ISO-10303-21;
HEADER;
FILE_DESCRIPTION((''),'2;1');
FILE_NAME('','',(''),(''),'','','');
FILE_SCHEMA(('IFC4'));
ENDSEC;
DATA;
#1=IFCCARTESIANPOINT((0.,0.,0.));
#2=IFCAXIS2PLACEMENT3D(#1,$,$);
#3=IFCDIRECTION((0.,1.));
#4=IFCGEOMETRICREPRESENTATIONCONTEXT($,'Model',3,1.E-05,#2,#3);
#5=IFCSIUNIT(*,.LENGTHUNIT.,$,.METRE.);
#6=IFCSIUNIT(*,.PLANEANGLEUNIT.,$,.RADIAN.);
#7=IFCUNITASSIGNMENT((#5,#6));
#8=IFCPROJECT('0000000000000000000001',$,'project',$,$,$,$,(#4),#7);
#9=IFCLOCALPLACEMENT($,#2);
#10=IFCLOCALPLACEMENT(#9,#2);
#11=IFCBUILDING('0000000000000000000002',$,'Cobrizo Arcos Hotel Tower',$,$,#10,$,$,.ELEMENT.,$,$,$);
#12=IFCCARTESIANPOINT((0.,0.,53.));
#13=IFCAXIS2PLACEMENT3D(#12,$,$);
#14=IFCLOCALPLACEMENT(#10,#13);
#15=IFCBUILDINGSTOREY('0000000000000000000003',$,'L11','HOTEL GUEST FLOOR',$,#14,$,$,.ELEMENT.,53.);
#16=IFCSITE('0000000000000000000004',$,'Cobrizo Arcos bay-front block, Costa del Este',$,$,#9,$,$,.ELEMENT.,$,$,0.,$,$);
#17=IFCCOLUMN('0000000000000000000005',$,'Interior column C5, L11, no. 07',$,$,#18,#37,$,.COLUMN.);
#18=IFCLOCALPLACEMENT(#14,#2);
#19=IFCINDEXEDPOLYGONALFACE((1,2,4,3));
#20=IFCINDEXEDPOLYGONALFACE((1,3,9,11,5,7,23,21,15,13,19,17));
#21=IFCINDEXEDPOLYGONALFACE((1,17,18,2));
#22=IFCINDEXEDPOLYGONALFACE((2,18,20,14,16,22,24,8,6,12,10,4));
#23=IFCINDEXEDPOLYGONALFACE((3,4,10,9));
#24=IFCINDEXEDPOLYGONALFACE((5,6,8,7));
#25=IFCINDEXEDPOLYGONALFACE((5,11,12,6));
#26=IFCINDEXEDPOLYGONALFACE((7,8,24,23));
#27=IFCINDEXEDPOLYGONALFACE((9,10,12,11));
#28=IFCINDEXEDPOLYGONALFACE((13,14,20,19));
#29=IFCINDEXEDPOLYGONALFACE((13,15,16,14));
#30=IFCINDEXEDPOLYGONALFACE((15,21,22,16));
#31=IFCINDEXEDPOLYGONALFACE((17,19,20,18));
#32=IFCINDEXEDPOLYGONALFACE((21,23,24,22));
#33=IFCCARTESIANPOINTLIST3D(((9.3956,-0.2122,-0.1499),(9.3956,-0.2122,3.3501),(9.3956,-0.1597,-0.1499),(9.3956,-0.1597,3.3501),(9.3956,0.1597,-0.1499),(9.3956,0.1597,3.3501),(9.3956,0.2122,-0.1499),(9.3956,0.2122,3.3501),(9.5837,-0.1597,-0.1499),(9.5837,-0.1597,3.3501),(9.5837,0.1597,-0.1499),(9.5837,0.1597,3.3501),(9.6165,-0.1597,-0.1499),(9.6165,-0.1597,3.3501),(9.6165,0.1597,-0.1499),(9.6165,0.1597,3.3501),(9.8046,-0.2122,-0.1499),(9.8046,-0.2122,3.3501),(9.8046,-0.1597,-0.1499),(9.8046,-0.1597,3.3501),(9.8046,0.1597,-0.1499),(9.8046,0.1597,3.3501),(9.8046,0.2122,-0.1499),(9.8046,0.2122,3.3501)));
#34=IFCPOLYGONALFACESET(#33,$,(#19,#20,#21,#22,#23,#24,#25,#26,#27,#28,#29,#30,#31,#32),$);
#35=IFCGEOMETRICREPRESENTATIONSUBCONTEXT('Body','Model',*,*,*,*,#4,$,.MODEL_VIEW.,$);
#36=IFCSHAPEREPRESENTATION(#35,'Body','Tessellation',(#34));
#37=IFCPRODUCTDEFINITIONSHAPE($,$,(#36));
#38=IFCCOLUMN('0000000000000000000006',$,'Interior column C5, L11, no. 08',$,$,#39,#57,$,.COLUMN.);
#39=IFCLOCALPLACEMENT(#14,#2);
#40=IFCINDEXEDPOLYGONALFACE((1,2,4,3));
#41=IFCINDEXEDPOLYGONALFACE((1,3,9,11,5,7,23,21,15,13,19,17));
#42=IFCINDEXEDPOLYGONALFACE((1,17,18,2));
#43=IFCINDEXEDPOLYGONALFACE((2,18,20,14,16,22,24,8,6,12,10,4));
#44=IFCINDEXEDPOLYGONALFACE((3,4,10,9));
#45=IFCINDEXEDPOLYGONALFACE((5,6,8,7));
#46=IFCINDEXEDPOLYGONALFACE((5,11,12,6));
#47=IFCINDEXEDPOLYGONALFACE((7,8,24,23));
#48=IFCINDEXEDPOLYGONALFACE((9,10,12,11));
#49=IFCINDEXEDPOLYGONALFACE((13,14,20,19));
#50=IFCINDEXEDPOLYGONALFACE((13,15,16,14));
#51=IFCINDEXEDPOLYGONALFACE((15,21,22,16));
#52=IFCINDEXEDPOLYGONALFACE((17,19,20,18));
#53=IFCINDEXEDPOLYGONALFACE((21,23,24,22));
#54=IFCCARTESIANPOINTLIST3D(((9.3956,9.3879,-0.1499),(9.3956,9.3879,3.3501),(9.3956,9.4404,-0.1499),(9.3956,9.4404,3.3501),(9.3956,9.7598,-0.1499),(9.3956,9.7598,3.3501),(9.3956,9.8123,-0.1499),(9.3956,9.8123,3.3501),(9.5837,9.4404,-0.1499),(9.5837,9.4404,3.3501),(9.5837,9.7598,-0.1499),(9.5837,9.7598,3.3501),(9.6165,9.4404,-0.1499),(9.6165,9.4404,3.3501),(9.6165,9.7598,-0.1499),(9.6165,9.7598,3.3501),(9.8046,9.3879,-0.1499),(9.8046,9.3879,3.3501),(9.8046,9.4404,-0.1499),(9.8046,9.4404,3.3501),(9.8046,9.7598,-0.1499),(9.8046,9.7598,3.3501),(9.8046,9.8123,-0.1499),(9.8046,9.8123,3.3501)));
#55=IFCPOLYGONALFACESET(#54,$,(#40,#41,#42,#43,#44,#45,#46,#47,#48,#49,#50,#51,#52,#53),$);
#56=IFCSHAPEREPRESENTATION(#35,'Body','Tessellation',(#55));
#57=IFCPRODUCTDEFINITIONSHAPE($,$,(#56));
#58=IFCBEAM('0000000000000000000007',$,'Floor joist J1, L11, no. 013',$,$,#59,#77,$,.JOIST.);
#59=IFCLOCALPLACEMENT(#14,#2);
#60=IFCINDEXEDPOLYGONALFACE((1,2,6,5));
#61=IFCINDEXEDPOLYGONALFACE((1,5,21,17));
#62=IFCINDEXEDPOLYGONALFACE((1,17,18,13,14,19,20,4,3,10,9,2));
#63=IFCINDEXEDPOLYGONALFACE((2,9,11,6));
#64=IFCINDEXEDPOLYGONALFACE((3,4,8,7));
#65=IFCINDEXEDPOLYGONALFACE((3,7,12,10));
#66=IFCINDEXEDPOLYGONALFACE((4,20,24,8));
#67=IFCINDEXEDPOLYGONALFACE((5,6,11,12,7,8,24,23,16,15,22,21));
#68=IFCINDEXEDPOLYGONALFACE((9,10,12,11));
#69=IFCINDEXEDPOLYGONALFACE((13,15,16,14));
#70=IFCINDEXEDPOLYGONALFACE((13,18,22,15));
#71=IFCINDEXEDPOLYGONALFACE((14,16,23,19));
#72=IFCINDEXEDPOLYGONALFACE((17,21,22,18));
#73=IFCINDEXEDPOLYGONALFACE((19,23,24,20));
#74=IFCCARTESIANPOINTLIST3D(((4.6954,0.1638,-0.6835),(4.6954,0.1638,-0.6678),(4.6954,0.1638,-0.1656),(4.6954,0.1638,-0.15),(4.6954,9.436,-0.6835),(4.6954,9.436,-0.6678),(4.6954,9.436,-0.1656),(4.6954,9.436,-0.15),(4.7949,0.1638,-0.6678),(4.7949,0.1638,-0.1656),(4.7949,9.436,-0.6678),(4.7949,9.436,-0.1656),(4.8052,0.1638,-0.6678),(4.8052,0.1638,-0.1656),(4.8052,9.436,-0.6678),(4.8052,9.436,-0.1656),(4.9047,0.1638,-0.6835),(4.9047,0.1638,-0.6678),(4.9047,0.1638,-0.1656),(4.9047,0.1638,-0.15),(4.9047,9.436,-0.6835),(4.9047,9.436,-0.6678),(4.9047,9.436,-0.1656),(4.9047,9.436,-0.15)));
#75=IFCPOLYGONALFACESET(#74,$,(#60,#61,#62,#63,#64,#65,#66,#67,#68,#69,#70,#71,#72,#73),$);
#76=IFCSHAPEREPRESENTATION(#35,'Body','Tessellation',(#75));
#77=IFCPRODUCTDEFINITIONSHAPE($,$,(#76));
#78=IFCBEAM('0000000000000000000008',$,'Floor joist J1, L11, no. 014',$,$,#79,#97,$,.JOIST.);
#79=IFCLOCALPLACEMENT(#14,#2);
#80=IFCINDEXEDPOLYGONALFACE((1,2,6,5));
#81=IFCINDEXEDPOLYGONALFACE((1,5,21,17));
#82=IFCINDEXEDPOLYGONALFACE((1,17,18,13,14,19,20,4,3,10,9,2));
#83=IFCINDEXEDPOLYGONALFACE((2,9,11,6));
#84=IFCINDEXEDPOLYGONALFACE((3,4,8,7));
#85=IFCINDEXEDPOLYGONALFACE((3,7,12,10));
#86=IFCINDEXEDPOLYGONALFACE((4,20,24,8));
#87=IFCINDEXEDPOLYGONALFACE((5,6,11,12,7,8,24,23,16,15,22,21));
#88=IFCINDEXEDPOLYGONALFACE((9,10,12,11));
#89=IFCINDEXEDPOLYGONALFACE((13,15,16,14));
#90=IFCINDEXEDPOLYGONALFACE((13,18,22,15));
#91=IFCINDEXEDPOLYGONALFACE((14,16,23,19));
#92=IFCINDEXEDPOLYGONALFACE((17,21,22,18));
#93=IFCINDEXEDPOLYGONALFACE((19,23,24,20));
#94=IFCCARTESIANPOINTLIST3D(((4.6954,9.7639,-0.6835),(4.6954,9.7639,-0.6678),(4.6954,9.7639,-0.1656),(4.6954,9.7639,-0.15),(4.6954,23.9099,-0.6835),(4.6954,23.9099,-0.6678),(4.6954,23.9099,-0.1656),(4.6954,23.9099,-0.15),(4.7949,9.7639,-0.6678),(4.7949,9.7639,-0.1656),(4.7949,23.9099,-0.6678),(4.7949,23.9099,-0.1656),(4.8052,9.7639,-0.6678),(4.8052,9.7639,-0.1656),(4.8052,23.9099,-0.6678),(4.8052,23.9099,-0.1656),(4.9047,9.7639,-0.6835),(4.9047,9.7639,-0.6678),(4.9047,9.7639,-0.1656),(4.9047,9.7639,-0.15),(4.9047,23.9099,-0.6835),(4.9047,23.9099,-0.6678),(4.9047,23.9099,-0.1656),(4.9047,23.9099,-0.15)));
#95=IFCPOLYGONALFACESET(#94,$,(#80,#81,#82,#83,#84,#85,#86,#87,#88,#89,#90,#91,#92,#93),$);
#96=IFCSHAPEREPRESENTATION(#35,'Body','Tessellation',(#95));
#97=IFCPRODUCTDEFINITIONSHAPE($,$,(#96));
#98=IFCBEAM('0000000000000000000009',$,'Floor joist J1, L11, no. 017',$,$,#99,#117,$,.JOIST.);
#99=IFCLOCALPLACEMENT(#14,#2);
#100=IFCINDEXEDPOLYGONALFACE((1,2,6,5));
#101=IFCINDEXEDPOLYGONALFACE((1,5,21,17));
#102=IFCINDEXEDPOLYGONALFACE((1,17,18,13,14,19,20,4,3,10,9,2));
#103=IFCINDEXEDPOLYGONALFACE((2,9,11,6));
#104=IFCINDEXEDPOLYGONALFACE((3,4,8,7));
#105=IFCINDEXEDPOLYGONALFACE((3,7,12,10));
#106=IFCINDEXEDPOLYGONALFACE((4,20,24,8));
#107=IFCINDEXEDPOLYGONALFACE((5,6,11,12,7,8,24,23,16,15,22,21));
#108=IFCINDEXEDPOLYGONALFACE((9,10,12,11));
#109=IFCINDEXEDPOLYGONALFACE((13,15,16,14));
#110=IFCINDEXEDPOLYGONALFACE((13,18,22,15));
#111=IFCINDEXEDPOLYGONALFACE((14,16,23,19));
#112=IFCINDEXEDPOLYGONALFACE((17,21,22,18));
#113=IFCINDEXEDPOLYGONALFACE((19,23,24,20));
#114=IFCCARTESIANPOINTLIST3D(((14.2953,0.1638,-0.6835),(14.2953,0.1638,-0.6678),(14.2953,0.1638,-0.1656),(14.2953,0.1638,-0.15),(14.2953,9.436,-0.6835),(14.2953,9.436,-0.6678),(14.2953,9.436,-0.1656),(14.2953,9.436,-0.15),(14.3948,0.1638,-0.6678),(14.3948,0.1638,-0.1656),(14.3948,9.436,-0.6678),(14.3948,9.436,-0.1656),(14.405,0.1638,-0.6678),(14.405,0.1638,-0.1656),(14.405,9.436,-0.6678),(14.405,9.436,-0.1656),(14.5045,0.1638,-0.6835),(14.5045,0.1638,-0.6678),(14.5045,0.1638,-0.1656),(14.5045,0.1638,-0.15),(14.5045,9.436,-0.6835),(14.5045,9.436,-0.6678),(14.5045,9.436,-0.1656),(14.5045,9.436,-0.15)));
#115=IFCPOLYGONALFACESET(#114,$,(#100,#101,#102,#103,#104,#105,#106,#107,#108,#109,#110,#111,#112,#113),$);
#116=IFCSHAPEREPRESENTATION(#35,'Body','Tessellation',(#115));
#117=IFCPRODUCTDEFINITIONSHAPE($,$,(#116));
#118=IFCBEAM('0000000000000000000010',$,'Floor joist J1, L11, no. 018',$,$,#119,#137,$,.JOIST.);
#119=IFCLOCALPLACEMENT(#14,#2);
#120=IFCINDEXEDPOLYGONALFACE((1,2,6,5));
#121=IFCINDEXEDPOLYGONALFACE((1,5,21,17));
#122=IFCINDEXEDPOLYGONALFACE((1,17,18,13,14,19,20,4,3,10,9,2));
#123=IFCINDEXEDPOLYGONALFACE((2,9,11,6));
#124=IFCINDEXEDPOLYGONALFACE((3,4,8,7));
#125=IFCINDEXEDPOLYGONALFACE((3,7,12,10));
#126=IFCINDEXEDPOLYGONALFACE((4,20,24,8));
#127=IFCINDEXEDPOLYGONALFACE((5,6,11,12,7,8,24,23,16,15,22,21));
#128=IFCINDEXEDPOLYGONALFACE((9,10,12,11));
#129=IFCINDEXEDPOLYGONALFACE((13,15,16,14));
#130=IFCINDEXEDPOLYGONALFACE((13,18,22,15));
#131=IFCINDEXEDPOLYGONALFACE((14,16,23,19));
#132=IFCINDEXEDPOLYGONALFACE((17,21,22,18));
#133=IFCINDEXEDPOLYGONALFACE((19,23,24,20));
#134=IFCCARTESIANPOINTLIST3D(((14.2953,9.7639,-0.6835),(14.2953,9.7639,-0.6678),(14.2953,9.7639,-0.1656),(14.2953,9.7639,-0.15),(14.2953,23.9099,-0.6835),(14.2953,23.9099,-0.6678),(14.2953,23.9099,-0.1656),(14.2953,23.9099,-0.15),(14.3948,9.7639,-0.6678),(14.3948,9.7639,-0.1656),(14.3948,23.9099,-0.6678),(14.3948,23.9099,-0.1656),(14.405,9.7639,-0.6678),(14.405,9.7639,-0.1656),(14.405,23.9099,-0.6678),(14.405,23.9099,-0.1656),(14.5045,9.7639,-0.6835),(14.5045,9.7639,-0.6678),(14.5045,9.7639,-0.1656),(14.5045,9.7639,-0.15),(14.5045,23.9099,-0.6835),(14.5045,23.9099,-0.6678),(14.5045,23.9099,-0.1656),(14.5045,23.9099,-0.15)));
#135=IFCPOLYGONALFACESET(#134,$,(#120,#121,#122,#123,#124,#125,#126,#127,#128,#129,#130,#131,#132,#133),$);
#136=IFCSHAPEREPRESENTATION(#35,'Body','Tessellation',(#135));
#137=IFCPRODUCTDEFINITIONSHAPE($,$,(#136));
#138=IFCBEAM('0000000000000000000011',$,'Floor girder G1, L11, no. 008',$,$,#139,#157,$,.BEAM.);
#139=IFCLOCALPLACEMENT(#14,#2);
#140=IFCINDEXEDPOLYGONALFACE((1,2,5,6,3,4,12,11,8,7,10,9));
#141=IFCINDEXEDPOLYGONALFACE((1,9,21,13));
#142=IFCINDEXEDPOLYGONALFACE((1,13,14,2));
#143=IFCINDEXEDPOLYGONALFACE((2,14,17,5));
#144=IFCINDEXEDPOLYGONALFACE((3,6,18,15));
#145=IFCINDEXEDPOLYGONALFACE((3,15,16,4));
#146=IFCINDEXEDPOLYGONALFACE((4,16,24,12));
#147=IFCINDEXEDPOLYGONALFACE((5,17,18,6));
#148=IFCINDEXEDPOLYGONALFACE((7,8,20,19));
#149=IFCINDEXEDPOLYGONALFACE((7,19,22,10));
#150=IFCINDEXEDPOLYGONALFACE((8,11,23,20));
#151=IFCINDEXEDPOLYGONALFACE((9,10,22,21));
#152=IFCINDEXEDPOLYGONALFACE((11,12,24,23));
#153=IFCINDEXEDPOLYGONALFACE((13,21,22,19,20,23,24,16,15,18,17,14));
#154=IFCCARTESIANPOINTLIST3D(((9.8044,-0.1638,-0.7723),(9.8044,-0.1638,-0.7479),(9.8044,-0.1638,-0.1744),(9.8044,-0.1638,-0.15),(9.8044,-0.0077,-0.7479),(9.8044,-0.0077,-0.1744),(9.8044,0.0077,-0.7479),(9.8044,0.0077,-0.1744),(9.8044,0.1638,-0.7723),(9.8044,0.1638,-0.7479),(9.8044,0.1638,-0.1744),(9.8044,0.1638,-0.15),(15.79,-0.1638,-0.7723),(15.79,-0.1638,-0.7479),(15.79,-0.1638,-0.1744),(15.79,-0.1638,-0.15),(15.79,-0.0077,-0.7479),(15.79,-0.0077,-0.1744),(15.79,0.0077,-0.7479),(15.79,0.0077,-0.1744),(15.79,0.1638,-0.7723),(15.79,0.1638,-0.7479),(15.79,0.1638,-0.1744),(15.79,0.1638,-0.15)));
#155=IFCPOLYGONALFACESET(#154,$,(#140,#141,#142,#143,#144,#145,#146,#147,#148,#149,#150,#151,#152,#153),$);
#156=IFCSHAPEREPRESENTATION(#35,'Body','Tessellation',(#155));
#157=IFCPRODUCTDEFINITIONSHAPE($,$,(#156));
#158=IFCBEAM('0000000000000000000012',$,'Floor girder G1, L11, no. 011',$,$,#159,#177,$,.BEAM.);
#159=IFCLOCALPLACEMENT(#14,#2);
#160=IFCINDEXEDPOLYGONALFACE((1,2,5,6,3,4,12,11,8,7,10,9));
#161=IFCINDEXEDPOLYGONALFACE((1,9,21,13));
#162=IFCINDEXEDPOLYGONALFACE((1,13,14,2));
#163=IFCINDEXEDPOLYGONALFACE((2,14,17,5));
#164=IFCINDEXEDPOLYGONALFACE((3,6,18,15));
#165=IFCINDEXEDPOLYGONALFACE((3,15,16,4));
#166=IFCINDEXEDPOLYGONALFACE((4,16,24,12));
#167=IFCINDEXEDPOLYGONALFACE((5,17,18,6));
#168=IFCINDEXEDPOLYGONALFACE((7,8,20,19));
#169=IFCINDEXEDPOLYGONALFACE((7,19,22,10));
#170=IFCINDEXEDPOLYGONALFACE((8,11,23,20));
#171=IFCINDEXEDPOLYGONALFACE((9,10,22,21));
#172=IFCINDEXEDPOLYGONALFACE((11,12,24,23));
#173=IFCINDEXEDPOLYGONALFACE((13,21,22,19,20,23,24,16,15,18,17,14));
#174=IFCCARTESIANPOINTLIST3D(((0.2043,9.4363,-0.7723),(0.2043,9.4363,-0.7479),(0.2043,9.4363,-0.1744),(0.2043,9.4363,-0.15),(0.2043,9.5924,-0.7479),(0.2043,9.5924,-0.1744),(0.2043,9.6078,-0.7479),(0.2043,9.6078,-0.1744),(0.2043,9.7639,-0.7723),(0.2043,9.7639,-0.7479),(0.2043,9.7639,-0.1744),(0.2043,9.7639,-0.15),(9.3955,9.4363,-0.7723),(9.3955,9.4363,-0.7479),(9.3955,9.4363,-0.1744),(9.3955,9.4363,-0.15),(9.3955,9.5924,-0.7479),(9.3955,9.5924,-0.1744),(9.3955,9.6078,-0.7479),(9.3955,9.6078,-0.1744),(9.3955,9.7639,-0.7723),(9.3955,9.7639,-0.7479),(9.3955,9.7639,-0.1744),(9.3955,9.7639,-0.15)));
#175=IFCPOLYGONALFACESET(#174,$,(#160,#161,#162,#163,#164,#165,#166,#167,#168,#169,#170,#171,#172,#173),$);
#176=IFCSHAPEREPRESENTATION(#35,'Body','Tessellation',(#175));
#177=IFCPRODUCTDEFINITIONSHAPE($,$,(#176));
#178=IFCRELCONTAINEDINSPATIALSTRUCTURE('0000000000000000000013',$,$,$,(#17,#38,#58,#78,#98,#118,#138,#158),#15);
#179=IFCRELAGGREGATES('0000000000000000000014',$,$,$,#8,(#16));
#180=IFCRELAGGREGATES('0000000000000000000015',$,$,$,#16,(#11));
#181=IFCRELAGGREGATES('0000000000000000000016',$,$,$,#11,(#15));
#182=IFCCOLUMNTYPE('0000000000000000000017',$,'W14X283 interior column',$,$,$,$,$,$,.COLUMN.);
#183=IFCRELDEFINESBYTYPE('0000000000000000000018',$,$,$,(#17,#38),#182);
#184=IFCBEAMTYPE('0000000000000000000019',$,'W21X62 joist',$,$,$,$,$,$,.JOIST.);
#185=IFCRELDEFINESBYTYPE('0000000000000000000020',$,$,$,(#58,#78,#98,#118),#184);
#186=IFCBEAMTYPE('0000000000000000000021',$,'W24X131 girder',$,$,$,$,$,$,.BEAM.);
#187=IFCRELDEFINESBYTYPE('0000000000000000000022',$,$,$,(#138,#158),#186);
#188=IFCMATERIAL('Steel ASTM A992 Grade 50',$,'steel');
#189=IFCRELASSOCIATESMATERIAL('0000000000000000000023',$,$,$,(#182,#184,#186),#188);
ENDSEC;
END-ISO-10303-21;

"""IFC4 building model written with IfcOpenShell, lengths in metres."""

from ifc_helpers import new_model, si_unit, direction, frame, origin, origin_2d, place, context, subcontext, project, spatial, i_section, extrude, material, material_profile, profile_set, type_object, element, save


model = new_model("IFC4")

# Units and contexts
model_context = context("Model", 3, precision=1e-05, world=origin(), true_north=direction((0.0, 1.0)))
body_context = subcontext(model_context, "Body", "Model", "MODEL_VIEW")
ifc_project = project(units=[si_unit("LENGTHUNIT", "METRE"), si_unit("PLANEANGLEUNIT", "RADIAN")], contexts=[model_context])

# Site, building, storey
site_placement = place(None, origin())
site = spatial("IfcSite", under=ifc_project, at=site_placement, Name="Cobrizo Arcos bay-front block, Costa del Este", CompositionType="ELEMENT", RefElevation=0.0)
building_placement = place(site_placement, origin())
building = spatial("IfcBuilding", under=site, at=building_placement, Name="Cobrizo Arcos Hotel Tower", CompositionType="ELEMENT")
storey_placement = place(building_placement, frame((0.0, 0.0, 53.0)))
storey = spatial("IfcBuildingStorey", under=building, at=storey_placement, Name="L11", Description="HOTEL GUEST FLOOR", CompositionType="ELEMENT", Elevation=53.0)

# Columns
ifc_material_1 = material(Name="Steel ASTM A992 Grade 50", Category="steel")
ifc_material_profile_1 = material_profile(ifc_material_1, i_section(OverallWidth=0.4089, OverallDepth=0.4243, WebThickness=0.0327, FlangeThickness=0.0525, at=origin_2d()), Name="W14X283")
ifc_profile_set_1 = profile_set([ifc_material_profile_1], Name="Steel ASTM A992 Grade 50")
column_type = type_object("IfcColumnType", Name="W14X283 interior column", PredefinedType="COLUMN", material=ifc_profile_set_1)
for number, where, z_axis, x_axis, name in (
    (1, (9.6001, 0.0, -0.1499), (0.0, 0.0, 1.0), (1.0, 0.0, 0.0), "Interior column C5, L11, no. 07"),
    (2, (9.6001, 9.6001, -0.1499), (0.0, 0.0, 1.0), (1.0, 0.0, 0.0), "Interior column C5, L11, no. 08"),
):
    element("IfcColumn", number, at=place(storey_placement, frame(where, z_axis=z_axis, x_axis=x_axis)), inside=storey, type_object=column_type, Name=name, PredefinedType="COLUMN", context=body_context, shape_type="SweptSolid", body=[
        extrude(i_section(OverallWidth=0.4089, OverallDepth=0.4243, WebThickness=0.0327, FlangeThickness=0.0525, at=origin_2d()), origin(), (0.0, 0.0, 1.0), 3.5),
    ])

# Beams
ifc_material_profile_2 = material_profile(ifc_material_1, i_section(OverallWidth=0.2092, OverallDepth=0.5334, WebThickness=0.0103, FlangeThickness=0.0156, at=origin_2d()), Name="W21X62")
ifc_profile_set_2 = profile_set([ifc_material_profile_2], Name="Steel ASTM A992 Grade 50")
beam_type_1 = type_object("IfcBeamType", Name="W21X62 joist", PredefinedType="JOIST", material=ifc_profile_set_2)
beam_1_placement = place(storey_placement, frame((4.8, 0.1638, -0.4167), z_axis=(0.0, 1.0, 0.0), x_axis=(-1.0, 0.0, 0.0)))
element("IfcBeam", 3, at=beam_1_placement, inside=storey, type_object=beam_type_1, Name="Floor joist J1, L11, no. 013", PredefinedType="JOIST", context=body_context, shape_type="SweptSolid", body=[
    extrude(i_section(OverallWidth=0.2092, OverallDepth=0.5334, WebThickness=0.0103, FlangeThickness=0.0156, at=origin_2d()), origin(), (0.0, 0.0, 1.0), 9.2722),
])
beam_2_placement = place(storey_placement, frame((4.8, 9.7639, -0.4167), z_axis=(0.0, 1.0, 0.0), x_axis=(-1.0, 0.0, 0.0)))
element("IfcBeam", 4, at=beam_2_placement, inside=storey, type_object=beam_type_1, Name="Floor joist J1, L11, no. 014", PredefinedType="JOIST", context=body_context, shape_type="SweptSolid", body=[
    extrude(i_section(OverallWidth=0.2092, OverallDepth=0.5334, WebThickness=0.0103, FlangeThickness=0.0156, at=origin_2d()), origin(), (0.0, 0.0, 1.0), 14.146),
])
beam_3_placement = place(storey_placement, frame((14.3999, 0.1638, -0.4167), z_axis=(0.0, 1.0, 0.0), x_axis=(-1.0, 0.0, 0.0)))
element("IfcBeam", 5, at=beam_3_placement, inside=storey, type_object=beam_type_1, Name="Floor joist J1, L11, no. 017", PredefinedType="JOIST", context=body_context, shape_type="SweptSolid", body=[
    extrude(i_section(OverallWidth=0.2092, OverallDepth=0.5334, WebThickness=0.0103, FlangeThickness=0.0156, at=origin_2d()), origin(), (0.0, 0.0, 1.0), 9.2722),
])
beam_4_placement = place(storey_placement, frame((14.3999, 9.7639, -0.4167), z_axis=(0.0, 1.0, 0.0), x_axis=(-1.0, 0.0, 0.0)))
element("IfcBeam", 6, at=beam_4_placement, inside=storey, type_object=beam_type_1, Name="Floor joist J1, L11, no. 018", PredefinedType="JOIST", context=body_context, shape_type="SweptSolid", body=[
    extrude(i_section(OverallWidth=0.2092, OverallDepth=0.5334, WebThickness=0.0103, FlangeThickness=0.0156, at=origin_2d()), origin(), (0.0, 0.0, 1.0), 14.146),
])
ifc_material_profile_3 = material_profile(ifc_material_1, i_section(OverallWidth=0.3276, OverallDepth=0.6223, WebThickness=0.0154, FlangeThickness=0.0244, at=origin_2d()), Name="W24X131")
ifc_profile_set_3 = profile_set([ifc_material_profile_3], Name="Steel ASTM A992 Grade 50")
beam_type_2 = type_object("IfcBeamType", Name="W24X131 girder", PredefinedType="BEAM", material=ifc_profile_set_3)
beam_5_placement = place(storey_placement, frame((9.8044, 0.0, -0.4612), z_axis=(1.0, 0.0, 0.0), x_axis=(0.0, 1.0, 0.0)))
element("IfcBeam", 7, at=beam_5_placement, inside=storey, type_object=beam_type_2, Name="Floor girder G1, L11, no. 008", PredefinedType="BEAM", context=body_context, shape_type="SweptSolid", body=[
    extrude(i_section(OverallWidth=0.3276, OverallDepth=0.6223, WebThickness=0.0154, FlangeThickness=0.0244, at=origin_2d()), origin(), (0.0, 0.0, 1.0), 5.9856),
])
beam_6_placement = place(storey_placement, frame((0.2043, 9.6001, -0.4612), z_axis=(1.0, 0.0, 0.0), x_axis=(0.0, 1.0, 0.0)))
element("IfcBeam", 8, at=beam_6_placement, inside=storey, type_object=beam_type_2, Name="Floor girder G1, L11, no. 011", PredefinedType="BEAM", context=body_context, shape_type="SweptSolid", body=[
    extrude(i_section(OverallWidth=0.3276, OverallDepth=0.6223, WebThickness=0.0154, FlangeThickness=0.0244, at=origin_2d()), origin(), (0.0, 0.0, 1.0), 9.1912),
])

save(model, "model.ifc")
